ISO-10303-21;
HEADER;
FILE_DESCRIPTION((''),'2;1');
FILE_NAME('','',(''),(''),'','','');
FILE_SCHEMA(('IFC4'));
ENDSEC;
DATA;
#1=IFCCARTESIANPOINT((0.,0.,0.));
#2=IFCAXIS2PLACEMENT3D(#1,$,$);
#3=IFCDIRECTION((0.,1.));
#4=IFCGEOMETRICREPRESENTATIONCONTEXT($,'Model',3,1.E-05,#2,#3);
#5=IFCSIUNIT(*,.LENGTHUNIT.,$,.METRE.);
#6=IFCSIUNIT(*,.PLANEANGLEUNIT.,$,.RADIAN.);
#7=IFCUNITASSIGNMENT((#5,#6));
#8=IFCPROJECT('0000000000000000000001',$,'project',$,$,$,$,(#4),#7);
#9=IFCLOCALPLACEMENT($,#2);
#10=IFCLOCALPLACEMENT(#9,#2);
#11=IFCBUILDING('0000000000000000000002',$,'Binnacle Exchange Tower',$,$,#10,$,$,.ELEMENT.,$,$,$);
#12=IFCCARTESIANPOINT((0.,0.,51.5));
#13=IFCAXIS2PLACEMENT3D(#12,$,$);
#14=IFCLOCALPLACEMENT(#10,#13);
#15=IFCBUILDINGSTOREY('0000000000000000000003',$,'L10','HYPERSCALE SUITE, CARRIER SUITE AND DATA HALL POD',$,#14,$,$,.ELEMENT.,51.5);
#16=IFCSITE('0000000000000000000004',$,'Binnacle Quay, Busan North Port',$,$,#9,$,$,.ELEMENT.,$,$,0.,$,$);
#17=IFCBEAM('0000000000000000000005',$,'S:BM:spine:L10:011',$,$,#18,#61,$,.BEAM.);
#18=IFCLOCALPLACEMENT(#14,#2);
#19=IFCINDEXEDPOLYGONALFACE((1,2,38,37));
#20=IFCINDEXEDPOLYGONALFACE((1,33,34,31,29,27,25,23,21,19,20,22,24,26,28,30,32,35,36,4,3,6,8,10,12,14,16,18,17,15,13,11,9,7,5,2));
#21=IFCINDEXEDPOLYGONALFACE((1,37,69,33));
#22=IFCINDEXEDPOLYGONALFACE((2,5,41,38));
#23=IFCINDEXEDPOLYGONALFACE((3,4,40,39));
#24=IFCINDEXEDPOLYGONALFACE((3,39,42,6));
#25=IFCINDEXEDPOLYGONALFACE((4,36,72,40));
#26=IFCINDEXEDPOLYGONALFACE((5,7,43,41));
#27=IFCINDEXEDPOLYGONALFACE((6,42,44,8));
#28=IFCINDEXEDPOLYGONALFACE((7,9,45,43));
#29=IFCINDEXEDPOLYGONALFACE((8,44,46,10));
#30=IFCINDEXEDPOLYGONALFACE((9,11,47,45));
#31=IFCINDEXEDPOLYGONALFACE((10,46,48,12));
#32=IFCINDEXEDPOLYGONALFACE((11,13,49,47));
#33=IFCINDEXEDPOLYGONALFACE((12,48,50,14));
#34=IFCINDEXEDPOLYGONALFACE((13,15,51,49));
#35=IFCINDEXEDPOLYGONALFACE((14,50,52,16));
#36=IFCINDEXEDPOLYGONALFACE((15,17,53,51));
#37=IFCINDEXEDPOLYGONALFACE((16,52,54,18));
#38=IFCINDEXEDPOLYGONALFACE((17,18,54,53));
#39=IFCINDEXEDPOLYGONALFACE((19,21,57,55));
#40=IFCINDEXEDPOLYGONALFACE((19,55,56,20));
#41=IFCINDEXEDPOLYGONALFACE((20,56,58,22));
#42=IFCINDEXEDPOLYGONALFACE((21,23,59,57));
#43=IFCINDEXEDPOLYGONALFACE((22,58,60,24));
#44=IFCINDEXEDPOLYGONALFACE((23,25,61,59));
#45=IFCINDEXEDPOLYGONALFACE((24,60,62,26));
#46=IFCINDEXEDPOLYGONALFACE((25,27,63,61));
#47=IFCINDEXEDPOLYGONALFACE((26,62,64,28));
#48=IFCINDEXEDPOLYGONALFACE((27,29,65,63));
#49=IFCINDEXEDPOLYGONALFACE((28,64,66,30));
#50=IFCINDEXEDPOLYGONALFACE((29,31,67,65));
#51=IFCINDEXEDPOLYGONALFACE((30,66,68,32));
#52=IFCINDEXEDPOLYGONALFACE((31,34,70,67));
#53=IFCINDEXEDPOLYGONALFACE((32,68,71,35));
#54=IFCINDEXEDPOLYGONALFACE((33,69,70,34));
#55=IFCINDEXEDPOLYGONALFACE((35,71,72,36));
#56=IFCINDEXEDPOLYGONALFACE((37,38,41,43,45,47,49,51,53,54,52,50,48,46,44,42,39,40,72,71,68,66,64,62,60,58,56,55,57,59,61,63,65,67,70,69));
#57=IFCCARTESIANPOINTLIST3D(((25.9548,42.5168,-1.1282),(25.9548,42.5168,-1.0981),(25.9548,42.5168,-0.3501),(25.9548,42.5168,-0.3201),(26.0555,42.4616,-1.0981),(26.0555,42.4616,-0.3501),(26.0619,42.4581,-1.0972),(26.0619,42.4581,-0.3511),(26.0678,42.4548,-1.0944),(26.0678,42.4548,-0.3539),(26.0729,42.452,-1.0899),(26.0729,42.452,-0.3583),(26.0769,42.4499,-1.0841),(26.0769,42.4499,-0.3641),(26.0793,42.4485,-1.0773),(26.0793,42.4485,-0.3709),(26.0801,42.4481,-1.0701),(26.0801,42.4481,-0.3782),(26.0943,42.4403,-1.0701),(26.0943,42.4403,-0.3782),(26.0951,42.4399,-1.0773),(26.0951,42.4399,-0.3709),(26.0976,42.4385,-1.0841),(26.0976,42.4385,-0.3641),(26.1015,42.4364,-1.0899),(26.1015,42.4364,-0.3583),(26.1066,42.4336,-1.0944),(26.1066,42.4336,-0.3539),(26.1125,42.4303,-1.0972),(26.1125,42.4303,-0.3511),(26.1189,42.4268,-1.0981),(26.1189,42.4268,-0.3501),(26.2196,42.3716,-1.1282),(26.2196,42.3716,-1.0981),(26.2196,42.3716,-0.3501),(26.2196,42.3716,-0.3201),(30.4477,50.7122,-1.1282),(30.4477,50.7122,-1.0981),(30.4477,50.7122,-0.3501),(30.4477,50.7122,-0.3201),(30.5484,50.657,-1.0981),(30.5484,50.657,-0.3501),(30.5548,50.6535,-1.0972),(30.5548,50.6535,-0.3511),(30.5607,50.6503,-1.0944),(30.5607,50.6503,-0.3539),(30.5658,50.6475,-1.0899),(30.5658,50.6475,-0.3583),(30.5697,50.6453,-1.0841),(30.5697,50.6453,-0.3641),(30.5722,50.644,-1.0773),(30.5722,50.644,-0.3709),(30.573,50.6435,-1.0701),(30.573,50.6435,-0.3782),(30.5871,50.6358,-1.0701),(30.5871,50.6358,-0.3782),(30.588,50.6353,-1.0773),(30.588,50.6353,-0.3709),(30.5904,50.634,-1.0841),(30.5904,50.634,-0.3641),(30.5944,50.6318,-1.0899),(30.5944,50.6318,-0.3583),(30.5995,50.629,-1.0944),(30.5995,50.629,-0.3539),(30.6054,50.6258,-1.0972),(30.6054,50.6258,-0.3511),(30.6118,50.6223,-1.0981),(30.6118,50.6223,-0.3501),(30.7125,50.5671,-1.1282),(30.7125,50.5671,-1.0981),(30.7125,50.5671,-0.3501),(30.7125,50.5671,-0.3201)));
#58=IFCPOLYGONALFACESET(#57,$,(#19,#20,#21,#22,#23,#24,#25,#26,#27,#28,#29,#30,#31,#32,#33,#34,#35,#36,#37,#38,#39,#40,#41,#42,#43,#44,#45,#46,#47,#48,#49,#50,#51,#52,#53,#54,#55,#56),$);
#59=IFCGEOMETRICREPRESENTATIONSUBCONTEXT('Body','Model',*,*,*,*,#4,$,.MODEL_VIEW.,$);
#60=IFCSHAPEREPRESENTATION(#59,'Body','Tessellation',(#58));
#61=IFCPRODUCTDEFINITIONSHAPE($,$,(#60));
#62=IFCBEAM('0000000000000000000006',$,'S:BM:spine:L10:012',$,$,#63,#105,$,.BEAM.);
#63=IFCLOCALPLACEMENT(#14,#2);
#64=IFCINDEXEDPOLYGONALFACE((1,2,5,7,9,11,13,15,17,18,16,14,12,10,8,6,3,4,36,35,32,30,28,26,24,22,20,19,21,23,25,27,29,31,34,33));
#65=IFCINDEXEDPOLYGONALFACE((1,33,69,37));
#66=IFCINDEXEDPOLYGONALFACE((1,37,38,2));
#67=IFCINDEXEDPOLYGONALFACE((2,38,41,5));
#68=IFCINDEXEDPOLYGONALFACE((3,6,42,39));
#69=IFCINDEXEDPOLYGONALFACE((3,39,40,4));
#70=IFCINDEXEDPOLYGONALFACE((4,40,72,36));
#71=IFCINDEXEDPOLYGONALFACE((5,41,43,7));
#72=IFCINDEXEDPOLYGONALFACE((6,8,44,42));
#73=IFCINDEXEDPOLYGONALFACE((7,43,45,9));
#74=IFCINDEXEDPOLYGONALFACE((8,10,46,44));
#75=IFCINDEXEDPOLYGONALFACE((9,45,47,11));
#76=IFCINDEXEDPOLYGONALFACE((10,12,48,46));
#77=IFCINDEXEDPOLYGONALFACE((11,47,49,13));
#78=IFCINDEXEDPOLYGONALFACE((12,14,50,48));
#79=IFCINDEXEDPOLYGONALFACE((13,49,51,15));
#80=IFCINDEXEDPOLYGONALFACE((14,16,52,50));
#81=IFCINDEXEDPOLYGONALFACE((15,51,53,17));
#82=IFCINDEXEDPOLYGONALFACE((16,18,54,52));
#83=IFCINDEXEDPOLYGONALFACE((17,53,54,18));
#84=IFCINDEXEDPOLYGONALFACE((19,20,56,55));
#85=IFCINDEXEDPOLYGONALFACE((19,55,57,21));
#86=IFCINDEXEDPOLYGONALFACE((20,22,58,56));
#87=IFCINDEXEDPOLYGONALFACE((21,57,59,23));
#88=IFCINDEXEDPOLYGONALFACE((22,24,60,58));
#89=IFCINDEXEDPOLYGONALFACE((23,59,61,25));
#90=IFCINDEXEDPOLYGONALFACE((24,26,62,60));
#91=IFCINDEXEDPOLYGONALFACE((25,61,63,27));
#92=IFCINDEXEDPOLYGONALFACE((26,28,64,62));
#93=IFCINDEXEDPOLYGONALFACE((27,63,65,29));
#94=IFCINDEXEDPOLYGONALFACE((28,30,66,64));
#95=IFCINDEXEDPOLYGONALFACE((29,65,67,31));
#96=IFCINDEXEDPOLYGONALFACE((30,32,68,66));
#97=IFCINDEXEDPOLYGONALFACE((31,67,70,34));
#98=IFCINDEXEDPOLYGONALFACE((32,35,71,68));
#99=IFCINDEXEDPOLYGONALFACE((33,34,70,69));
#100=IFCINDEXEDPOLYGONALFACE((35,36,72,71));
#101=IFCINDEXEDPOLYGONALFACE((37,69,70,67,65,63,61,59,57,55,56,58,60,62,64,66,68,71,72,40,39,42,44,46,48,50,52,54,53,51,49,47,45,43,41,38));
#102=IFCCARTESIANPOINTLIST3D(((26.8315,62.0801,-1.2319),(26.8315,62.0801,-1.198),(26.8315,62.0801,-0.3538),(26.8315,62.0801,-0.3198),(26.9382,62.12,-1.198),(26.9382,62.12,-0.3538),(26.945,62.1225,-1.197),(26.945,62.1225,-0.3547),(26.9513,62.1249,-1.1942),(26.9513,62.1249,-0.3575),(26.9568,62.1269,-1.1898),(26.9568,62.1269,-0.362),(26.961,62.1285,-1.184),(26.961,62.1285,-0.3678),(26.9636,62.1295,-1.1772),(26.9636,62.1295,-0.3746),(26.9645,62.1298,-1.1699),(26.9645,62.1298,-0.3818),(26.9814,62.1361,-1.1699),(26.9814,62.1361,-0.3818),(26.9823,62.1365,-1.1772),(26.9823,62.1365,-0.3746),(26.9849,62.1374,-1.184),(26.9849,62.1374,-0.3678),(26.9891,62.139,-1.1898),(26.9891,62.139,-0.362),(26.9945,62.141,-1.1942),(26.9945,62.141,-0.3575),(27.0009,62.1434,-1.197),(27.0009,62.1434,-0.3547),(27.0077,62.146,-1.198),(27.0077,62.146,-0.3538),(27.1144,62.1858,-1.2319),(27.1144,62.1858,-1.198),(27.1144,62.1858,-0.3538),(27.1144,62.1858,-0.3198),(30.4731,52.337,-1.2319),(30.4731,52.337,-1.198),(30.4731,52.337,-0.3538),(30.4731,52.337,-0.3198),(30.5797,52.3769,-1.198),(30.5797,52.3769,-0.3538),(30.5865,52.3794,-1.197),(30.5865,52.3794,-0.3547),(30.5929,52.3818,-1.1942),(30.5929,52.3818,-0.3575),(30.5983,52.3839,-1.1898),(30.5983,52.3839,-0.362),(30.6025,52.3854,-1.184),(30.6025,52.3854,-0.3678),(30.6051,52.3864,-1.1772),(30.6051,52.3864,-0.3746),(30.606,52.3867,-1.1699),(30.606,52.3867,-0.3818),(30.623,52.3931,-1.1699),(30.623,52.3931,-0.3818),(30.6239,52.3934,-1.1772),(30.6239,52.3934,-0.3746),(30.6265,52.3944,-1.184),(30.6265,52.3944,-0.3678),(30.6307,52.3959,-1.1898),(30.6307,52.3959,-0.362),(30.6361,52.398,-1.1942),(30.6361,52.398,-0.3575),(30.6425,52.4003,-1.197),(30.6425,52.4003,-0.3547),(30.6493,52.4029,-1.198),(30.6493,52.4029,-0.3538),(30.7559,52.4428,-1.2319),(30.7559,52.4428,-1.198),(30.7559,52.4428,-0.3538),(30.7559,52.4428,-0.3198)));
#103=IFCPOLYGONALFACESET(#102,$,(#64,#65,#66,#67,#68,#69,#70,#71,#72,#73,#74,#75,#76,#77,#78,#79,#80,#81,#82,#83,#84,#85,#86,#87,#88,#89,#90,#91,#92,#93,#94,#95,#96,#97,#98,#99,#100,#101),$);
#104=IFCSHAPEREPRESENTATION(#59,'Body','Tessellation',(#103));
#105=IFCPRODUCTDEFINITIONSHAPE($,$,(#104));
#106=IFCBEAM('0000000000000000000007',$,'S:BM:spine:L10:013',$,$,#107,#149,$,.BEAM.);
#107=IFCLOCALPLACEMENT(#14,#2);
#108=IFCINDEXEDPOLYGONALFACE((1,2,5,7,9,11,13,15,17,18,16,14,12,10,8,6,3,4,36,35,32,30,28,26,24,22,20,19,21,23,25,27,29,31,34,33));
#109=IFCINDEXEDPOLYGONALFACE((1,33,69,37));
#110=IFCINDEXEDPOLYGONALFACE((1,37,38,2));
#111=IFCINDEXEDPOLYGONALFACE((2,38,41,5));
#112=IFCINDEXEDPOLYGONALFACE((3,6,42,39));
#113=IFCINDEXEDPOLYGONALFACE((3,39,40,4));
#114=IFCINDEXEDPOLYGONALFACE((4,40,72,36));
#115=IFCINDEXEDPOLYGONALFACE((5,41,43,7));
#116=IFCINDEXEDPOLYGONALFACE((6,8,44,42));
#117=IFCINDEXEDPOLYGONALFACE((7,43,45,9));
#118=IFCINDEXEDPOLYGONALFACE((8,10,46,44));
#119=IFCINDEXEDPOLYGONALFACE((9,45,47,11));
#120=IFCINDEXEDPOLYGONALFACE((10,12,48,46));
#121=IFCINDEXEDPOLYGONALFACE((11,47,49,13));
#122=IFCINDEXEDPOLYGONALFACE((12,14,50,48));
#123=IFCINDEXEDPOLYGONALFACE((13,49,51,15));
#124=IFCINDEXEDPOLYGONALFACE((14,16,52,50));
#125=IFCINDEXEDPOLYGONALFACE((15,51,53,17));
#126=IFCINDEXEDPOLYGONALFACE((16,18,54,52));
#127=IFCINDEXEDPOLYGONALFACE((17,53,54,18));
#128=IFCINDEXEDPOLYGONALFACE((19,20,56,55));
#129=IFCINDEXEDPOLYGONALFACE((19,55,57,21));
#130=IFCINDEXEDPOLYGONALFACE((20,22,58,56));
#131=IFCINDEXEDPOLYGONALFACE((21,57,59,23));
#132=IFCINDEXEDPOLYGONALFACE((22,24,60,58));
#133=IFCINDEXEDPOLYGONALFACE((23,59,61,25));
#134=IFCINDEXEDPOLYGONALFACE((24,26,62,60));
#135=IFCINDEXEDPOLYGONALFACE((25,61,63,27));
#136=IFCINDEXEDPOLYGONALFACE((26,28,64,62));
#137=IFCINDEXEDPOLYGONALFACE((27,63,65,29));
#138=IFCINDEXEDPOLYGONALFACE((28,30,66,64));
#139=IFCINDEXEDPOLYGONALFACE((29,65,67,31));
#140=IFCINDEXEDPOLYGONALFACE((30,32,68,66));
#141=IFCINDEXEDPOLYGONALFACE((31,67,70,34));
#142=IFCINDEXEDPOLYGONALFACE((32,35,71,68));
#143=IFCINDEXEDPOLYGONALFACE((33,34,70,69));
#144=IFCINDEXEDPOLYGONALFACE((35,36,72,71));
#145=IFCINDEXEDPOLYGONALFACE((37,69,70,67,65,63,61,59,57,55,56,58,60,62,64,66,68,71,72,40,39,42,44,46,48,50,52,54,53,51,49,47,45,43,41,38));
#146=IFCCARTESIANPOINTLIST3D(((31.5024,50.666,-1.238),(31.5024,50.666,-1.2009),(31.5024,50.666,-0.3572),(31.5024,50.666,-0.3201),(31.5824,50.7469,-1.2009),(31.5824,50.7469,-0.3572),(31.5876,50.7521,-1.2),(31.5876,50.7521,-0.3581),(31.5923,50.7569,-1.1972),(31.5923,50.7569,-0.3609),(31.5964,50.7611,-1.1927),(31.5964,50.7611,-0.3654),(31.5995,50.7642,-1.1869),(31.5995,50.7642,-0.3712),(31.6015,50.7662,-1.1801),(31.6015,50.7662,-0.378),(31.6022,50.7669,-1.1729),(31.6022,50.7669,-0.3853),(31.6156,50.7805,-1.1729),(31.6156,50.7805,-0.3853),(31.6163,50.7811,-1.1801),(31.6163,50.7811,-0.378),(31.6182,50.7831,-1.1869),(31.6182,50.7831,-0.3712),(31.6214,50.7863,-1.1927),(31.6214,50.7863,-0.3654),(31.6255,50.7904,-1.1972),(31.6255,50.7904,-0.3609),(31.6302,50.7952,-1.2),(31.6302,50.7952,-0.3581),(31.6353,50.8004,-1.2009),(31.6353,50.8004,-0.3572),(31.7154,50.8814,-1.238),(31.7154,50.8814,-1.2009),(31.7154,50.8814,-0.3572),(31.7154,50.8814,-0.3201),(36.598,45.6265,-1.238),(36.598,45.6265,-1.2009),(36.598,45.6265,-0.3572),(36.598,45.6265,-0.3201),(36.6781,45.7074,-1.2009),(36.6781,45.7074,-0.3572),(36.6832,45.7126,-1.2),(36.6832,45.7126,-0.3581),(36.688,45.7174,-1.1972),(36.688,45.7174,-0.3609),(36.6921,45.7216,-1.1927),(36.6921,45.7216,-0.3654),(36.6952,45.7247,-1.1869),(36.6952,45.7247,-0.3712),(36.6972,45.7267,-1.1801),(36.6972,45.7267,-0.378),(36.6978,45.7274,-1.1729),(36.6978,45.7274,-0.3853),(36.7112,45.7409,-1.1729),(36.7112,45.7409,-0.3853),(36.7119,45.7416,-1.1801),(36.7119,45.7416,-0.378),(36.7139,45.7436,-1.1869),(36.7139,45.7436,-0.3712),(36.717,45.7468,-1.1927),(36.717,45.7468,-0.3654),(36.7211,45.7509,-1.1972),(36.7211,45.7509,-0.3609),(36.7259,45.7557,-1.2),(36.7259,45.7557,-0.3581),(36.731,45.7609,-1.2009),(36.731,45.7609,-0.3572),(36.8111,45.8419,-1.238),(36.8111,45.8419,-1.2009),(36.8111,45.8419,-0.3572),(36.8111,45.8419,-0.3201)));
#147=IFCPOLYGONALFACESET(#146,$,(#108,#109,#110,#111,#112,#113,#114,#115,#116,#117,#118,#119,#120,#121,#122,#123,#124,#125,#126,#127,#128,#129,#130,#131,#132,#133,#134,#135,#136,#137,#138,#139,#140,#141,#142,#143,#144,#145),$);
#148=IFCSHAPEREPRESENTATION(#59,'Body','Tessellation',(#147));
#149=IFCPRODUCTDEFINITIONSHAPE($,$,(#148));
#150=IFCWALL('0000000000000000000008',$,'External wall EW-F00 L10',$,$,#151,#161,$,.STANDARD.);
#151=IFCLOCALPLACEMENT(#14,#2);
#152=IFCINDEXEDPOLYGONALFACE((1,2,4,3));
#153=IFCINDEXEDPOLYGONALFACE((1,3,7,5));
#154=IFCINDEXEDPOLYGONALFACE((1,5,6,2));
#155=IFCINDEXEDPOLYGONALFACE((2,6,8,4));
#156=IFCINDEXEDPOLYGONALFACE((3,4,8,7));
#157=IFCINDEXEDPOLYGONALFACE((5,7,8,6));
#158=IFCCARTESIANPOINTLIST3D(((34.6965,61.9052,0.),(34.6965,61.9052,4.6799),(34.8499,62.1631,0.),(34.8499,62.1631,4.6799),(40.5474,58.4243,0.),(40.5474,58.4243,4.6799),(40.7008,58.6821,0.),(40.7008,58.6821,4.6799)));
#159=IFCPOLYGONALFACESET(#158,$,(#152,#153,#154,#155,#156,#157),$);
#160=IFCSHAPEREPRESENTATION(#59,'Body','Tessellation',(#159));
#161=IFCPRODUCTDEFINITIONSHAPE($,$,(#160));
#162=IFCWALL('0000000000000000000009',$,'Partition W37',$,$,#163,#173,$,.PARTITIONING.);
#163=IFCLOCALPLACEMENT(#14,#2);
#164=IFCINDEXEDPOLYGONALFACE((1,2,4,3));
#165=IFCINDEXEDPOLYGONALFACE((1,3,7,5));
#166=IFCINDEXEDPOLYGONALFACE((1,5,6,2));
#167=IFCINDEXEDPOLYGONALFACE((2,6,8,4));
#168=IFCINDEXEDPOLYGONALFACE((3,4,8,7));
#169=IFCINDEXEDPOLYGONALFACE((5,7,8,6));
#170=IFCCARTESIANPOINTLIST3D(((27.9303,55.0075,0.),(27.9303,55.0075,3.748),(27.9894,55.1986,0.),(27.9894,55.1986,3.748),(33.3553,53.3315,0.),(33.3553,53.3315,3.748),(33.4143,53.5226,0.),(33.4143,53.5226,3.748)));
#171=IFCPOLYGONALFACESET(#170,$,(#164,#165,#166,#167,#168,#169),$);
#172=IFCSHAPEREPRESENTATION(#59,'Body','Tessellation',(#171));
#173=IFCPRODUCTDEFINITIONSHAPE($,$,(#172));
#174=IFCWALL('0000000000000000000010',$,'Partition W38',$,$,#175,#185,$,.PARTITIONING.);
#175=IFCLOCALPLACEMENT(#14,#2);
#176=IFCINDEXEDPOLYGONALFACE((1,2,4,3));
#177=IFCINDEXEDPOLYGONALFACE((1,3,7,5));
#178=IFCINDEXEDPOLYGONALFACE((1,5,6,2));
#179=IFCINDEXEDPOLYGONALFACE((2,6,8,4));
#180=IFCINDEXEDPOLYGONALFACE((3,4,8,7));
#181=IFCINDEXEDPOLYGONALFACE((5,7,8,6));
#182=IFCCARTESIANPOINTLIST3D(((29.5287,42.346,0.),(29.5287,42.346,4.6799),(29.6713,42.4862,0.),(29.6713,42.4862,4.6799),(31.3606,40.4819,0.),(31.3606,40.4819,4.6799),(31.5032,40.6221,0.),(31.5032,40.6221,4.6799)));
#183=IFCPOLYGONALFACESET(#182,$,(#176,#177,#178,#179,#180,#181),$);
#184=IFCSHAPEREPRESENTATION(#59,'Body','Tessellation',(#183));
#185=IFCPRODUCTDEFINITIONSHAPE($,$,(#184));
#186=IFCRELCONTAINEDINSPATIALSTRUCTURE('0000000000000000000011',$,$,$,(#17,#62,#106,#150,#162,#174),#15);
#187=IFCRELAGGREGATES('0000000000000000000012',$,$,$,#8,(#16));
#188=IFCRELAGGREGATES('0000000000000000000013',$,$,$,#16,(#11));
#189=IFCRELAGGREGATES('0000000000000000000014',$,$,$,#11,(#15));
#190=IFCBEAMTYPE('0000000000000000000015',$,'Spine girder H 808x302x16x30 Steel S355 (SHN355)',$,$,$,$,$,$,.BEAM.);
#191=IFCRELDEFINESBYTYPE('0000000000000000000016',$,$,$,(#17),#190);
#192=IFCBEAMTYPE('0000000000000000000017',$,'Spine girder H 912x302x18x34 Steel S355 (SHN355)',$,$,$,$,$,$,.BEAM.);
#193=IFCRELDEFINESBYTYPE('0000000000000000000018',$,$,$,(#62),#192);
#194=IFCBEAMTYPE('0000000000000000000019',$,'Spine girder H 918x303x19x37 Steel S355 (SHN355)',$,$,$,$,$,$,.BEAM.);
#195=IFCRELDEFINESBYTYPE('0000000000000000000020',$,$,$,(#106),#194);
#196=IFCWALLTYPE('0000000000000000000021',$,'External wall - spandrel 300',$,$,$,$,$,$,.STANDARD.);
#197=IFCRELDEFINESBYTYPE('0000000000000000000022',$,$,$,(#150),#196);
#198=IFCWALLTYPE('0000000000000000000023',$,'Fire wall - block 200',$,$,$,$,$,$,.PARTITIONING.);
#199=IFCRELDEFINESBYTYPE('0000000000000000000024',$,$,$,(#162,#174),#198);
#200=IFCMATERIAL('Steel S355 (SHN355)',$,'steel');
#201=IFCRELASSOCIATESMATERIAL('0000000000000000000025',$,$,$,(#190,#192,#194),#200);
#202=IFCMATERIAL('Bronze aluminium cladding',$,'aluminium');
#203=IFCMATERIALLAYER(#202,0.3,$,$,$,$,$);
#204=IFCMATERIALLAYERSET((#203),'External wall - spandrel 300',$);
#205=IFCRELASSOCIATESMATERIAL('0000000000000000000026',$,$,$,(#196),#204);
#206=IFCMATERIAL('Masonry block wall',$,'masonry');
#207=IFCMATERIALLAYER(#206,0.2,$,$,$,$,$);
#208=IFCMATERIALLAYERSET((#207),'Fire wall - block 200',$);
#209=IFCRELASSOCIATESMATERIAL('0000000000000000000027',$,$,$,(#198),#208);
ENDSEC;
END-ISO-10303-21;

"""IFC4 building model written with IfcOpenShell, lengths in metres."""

from ifc_helpers import new_model, si_unit, direction, frame, frame_2d, origin, origin_2d, place, context, subcontext, project, spatial, rectangle, i_section, extrude, material, layer, layer_set, material_profile, profile_set, type_object, element, save


model = new_model("IFC4")

# Units and contexts
model_context = context("Model", 3, precision=1e-05, world=origin(), true_north=direction((0.0, 1.0)))
body_context = subcontext(model_context, "Body", "Model", "MODEL_VIEW")
ifc_project = project(units=[si_unit("LENGTHUNIT", "METRE"), si_unit("PLANEANGLEUNIT", "RADIAN")], contexts=[model_context])

# Site, building, storey
site_placement = place(None, origin())
site = spatial("IfcSite", under=ifc_project, at=site_placement, Name="Binnacle Quay, Busan North Port", CompositionType="ELEMENT", RefElevation=0.0)
building_placement = place(site_placement, origin())
building = spatial("IfcBuilding", under=site, at=building_placement, Name="Binnacle Exchange Tower", CompositionType="ELEMENT")
storey_placement = place(building_placement, frame((0.0, 0.0, 51.5)))
storey = spatial("IfcBuildingStorey", under=building, at=storey_placement, Name="L10", Description="HYPERSCALE SUITE, CARRIER SUITE AND DATA HALL POD", CompositionType="ELEMENT", Elevation=51.5)

# Beams
ifc_material_1 = material(Name="Steel S355 (SHN355)", Category="steel")
ifc_material_profile_1 = material_profile(ifc_material_1, i_section(OverallWidth=0.302, OverallDepth=0.8081, WebThickness=0.0161, FlangeThickness=0.03, FilletRadius=0.0281, at=origin_2d()), Name="H 808x302x16x30")
ifc_profile_set_1 = profile_set([ifc_material_profile_1], Name="Steel S355 (SHN355)")
beam_type_1 = type_object("IfcBeamType", Name="Spine girder H 808x302x16x30 Steel S355 (SHN355)", PredefinedType="BEAM", material=ifc_profile_set_1)
beam_1_placement = place(storey_placement, frame((30.5801, 50.6396, -0.7241), z_axis=(-0.480716, -0.876876, 0.0), x_axis=(0.876876, -0.480716, 0.0)))
element("IfcBeam", 1, at=beam_1_placement, inside=storey, type_object=beam_type_1, Name="S:BM:spine:L10:011", PredefinedType="BEAM", context=body_context, shape_type="SweptSolid", body=[
    extrude(i_section(OverallWidth=0.302, OverallDepth=0.8081, WebThickness=0.0161, FlangeThickness=0.03, FilletRadius=0.0281, at=origin_2d()), origin(), (0.0, 0.0, 1.0), 9.3462),
])
ifc_material_profile_2 = material_profile(ifc_material_1, i_section(OverallWidth=0.302, OverallDepth=0.9121, WebThickness=0.0181, FlangeThickness=0.0339, FilletRadius=0.0281, at=origin_2d()), Name="H 912x302x18x34")
ifc_profile_set_2 = profile_set([ifc_material_profile_2], Name="Steel S355 (SHN355)")
beam_type_2 = type_object("IfcBeamType", Name="Spine girder H 912x302x18x34 Steel S355 (SHN355)", PredefinedType="BEAM", material=ifc_profile_set_2)
beam_2_placement = place(storey_placement, frame((30.6145, 52.3899, -0.7759), z_axis=(-0.350105, 0.936711, 0.0), x_axis=(-0.936711, -0.350105, 0.0)))
element("IfcBeam", 2, at=beam_2_placement, inside=storey, type_object=beam_type_2, Name="S:BM:spine:L10:012", PredefinedType="BEAM", context=body_context, shape_type="SweptSolid", body=[
    extrude(i_section(OverallWidth=0.302, OverallDepth=0.9121, WebThickness=0.0181, FlangeThickness=0.0339, FilletRadius=0.0281, at=origin_2d()), origin(), (0.0, 0.0, 1.0), 10.4014),
])
ifc_material_profile_3 = material_profile(ifc_material_1, i_section(OverallWidth=0.303, OverallDepth=0.918, WebThickness=0.019, FlangeThickness=0.0371, FilletRadius=0.0281, at=origin_2d()), Name="H 918x303x19x37")
ifc_profile_set_3 = profile_set([ifc_material_profile_3], Name="Steel S355 (SHN355)")
beam_type_3 = type_object("IfcBeamType", Name="Spine girder H 918x303x19x37 Steel S355 (SHN355)", PredefinedType="BEAM", material=ifc_profile_set_3)
beam_3_placement = place(storey_placement, frame((31.6089, 50.7737, -0.7791), z_axis=(0.711013, -0.703178, 0.0), x_axis=(0.703178, 0.711013, 0.0)))
element("IfcBeam", 3, at=beam_3_placement, inside=storey, type_object=beam_type_3, Name="S:BM:spine:L10:013", PredefinedType="BEAM", context=body_context, shape_type="SweptSolid", body=[
    extrude(i_section(OverallWidth=0.303, OverallDepth=0.918, WebThickness=0.019, FlangeThickness=0.0371, FilletRadius=0.0281, at=origin_2d()), origin(), (0.0, 0.0, 1.0), 7.1667),
])

# Walls
ifc_material_2 = material(Name="Bronze aluminium cladding", Category="aluminium")
ifc_layer_1 = layer(ifc_material_2, 0.3)
ifc_layer_set_1 = layer_set([ifc_layer_1], Name="External wall - spandrel 300")
wall_type_1 = type_object("IfcWallType", Name="External wall - spandrel 300", PredefinedType="STANDARD", material=ifc_layer_set_1)
wall_1_placement = place(storey_placement, frame((34.7732, 62.0342, 0.0), z_axis=(0.0, 0.0, 1.0), x_axis=(0.859401, -0.511302, 0.0)))
element("IfcWall", 4, at=wall_1_placement, inside=storey, type_object=wall_type_1, Name="External wall EW-F00 L10", PredefinedType="STANDARD", context=body_context, shape_type="SweptSolid", body=[
    extrude(rectangle(XDim=6.8081, YDim=0.3, at=frame_2d((3.4041, 0.0))), origin(), (0.0, 0.0, 1.0), 4.6799),
])
ifc_material_3 = material(Name="Masonry block wall", Category="masonry")
ifc_layer_2 = layer(ifc_material_3, 0.2)
ifc_layer_set_2 = layer_set([ifc_layer_2], Name="Fire wall - block 200")
wall_type_2 = type_object("IfcWallType", Name="Fire wall - block 200", PredefinedType="PARTITIONING", material=ifc_layer_set_2)
wall_2_placement = place(storey_placement, frame((27.96, 55.103, 0.0), z_axis=(0.0, 0.0, 1.0), x_axis=(0.955443, -0.295176, 0.0)))
element("IfcWall", 5, at=wall_2_placement, inside=storey, type_object=wall_type_2, Name="Partition W37", PredefinedType="PARTITIONING", context=body_context, shape_type="SweptSolid", body=[
    extrude(rectangle(XDim=5.678, YDim=0.2, at=frame_2d((2.8389, 0.0))), origin(), (0.0, 0.0, 1.0), 3.748),
])
wall_3_placement = place(storey_placement, frame((29.6001, 42.416, 0.0), z_axis=(0.0, 0.0, 1.0), x_axis=(0.700914, -0.713245, 0.0)))
element("IfcWall", 6, at=wall_3_placement, inside=storey, type_object=wall_type_2, Name="Partition W38", PredefinedType="PARTITIONING", context=body_context, shape_type="SweptSolid", body=[
    extrude(rectangle(XDim=2.6135, YDim=0.2, at=frame_2d((1.3066, 0.0))), origin(), (0.0, 0.0, 1.0), 4.6799),
])

save(model, "model.ifc")
